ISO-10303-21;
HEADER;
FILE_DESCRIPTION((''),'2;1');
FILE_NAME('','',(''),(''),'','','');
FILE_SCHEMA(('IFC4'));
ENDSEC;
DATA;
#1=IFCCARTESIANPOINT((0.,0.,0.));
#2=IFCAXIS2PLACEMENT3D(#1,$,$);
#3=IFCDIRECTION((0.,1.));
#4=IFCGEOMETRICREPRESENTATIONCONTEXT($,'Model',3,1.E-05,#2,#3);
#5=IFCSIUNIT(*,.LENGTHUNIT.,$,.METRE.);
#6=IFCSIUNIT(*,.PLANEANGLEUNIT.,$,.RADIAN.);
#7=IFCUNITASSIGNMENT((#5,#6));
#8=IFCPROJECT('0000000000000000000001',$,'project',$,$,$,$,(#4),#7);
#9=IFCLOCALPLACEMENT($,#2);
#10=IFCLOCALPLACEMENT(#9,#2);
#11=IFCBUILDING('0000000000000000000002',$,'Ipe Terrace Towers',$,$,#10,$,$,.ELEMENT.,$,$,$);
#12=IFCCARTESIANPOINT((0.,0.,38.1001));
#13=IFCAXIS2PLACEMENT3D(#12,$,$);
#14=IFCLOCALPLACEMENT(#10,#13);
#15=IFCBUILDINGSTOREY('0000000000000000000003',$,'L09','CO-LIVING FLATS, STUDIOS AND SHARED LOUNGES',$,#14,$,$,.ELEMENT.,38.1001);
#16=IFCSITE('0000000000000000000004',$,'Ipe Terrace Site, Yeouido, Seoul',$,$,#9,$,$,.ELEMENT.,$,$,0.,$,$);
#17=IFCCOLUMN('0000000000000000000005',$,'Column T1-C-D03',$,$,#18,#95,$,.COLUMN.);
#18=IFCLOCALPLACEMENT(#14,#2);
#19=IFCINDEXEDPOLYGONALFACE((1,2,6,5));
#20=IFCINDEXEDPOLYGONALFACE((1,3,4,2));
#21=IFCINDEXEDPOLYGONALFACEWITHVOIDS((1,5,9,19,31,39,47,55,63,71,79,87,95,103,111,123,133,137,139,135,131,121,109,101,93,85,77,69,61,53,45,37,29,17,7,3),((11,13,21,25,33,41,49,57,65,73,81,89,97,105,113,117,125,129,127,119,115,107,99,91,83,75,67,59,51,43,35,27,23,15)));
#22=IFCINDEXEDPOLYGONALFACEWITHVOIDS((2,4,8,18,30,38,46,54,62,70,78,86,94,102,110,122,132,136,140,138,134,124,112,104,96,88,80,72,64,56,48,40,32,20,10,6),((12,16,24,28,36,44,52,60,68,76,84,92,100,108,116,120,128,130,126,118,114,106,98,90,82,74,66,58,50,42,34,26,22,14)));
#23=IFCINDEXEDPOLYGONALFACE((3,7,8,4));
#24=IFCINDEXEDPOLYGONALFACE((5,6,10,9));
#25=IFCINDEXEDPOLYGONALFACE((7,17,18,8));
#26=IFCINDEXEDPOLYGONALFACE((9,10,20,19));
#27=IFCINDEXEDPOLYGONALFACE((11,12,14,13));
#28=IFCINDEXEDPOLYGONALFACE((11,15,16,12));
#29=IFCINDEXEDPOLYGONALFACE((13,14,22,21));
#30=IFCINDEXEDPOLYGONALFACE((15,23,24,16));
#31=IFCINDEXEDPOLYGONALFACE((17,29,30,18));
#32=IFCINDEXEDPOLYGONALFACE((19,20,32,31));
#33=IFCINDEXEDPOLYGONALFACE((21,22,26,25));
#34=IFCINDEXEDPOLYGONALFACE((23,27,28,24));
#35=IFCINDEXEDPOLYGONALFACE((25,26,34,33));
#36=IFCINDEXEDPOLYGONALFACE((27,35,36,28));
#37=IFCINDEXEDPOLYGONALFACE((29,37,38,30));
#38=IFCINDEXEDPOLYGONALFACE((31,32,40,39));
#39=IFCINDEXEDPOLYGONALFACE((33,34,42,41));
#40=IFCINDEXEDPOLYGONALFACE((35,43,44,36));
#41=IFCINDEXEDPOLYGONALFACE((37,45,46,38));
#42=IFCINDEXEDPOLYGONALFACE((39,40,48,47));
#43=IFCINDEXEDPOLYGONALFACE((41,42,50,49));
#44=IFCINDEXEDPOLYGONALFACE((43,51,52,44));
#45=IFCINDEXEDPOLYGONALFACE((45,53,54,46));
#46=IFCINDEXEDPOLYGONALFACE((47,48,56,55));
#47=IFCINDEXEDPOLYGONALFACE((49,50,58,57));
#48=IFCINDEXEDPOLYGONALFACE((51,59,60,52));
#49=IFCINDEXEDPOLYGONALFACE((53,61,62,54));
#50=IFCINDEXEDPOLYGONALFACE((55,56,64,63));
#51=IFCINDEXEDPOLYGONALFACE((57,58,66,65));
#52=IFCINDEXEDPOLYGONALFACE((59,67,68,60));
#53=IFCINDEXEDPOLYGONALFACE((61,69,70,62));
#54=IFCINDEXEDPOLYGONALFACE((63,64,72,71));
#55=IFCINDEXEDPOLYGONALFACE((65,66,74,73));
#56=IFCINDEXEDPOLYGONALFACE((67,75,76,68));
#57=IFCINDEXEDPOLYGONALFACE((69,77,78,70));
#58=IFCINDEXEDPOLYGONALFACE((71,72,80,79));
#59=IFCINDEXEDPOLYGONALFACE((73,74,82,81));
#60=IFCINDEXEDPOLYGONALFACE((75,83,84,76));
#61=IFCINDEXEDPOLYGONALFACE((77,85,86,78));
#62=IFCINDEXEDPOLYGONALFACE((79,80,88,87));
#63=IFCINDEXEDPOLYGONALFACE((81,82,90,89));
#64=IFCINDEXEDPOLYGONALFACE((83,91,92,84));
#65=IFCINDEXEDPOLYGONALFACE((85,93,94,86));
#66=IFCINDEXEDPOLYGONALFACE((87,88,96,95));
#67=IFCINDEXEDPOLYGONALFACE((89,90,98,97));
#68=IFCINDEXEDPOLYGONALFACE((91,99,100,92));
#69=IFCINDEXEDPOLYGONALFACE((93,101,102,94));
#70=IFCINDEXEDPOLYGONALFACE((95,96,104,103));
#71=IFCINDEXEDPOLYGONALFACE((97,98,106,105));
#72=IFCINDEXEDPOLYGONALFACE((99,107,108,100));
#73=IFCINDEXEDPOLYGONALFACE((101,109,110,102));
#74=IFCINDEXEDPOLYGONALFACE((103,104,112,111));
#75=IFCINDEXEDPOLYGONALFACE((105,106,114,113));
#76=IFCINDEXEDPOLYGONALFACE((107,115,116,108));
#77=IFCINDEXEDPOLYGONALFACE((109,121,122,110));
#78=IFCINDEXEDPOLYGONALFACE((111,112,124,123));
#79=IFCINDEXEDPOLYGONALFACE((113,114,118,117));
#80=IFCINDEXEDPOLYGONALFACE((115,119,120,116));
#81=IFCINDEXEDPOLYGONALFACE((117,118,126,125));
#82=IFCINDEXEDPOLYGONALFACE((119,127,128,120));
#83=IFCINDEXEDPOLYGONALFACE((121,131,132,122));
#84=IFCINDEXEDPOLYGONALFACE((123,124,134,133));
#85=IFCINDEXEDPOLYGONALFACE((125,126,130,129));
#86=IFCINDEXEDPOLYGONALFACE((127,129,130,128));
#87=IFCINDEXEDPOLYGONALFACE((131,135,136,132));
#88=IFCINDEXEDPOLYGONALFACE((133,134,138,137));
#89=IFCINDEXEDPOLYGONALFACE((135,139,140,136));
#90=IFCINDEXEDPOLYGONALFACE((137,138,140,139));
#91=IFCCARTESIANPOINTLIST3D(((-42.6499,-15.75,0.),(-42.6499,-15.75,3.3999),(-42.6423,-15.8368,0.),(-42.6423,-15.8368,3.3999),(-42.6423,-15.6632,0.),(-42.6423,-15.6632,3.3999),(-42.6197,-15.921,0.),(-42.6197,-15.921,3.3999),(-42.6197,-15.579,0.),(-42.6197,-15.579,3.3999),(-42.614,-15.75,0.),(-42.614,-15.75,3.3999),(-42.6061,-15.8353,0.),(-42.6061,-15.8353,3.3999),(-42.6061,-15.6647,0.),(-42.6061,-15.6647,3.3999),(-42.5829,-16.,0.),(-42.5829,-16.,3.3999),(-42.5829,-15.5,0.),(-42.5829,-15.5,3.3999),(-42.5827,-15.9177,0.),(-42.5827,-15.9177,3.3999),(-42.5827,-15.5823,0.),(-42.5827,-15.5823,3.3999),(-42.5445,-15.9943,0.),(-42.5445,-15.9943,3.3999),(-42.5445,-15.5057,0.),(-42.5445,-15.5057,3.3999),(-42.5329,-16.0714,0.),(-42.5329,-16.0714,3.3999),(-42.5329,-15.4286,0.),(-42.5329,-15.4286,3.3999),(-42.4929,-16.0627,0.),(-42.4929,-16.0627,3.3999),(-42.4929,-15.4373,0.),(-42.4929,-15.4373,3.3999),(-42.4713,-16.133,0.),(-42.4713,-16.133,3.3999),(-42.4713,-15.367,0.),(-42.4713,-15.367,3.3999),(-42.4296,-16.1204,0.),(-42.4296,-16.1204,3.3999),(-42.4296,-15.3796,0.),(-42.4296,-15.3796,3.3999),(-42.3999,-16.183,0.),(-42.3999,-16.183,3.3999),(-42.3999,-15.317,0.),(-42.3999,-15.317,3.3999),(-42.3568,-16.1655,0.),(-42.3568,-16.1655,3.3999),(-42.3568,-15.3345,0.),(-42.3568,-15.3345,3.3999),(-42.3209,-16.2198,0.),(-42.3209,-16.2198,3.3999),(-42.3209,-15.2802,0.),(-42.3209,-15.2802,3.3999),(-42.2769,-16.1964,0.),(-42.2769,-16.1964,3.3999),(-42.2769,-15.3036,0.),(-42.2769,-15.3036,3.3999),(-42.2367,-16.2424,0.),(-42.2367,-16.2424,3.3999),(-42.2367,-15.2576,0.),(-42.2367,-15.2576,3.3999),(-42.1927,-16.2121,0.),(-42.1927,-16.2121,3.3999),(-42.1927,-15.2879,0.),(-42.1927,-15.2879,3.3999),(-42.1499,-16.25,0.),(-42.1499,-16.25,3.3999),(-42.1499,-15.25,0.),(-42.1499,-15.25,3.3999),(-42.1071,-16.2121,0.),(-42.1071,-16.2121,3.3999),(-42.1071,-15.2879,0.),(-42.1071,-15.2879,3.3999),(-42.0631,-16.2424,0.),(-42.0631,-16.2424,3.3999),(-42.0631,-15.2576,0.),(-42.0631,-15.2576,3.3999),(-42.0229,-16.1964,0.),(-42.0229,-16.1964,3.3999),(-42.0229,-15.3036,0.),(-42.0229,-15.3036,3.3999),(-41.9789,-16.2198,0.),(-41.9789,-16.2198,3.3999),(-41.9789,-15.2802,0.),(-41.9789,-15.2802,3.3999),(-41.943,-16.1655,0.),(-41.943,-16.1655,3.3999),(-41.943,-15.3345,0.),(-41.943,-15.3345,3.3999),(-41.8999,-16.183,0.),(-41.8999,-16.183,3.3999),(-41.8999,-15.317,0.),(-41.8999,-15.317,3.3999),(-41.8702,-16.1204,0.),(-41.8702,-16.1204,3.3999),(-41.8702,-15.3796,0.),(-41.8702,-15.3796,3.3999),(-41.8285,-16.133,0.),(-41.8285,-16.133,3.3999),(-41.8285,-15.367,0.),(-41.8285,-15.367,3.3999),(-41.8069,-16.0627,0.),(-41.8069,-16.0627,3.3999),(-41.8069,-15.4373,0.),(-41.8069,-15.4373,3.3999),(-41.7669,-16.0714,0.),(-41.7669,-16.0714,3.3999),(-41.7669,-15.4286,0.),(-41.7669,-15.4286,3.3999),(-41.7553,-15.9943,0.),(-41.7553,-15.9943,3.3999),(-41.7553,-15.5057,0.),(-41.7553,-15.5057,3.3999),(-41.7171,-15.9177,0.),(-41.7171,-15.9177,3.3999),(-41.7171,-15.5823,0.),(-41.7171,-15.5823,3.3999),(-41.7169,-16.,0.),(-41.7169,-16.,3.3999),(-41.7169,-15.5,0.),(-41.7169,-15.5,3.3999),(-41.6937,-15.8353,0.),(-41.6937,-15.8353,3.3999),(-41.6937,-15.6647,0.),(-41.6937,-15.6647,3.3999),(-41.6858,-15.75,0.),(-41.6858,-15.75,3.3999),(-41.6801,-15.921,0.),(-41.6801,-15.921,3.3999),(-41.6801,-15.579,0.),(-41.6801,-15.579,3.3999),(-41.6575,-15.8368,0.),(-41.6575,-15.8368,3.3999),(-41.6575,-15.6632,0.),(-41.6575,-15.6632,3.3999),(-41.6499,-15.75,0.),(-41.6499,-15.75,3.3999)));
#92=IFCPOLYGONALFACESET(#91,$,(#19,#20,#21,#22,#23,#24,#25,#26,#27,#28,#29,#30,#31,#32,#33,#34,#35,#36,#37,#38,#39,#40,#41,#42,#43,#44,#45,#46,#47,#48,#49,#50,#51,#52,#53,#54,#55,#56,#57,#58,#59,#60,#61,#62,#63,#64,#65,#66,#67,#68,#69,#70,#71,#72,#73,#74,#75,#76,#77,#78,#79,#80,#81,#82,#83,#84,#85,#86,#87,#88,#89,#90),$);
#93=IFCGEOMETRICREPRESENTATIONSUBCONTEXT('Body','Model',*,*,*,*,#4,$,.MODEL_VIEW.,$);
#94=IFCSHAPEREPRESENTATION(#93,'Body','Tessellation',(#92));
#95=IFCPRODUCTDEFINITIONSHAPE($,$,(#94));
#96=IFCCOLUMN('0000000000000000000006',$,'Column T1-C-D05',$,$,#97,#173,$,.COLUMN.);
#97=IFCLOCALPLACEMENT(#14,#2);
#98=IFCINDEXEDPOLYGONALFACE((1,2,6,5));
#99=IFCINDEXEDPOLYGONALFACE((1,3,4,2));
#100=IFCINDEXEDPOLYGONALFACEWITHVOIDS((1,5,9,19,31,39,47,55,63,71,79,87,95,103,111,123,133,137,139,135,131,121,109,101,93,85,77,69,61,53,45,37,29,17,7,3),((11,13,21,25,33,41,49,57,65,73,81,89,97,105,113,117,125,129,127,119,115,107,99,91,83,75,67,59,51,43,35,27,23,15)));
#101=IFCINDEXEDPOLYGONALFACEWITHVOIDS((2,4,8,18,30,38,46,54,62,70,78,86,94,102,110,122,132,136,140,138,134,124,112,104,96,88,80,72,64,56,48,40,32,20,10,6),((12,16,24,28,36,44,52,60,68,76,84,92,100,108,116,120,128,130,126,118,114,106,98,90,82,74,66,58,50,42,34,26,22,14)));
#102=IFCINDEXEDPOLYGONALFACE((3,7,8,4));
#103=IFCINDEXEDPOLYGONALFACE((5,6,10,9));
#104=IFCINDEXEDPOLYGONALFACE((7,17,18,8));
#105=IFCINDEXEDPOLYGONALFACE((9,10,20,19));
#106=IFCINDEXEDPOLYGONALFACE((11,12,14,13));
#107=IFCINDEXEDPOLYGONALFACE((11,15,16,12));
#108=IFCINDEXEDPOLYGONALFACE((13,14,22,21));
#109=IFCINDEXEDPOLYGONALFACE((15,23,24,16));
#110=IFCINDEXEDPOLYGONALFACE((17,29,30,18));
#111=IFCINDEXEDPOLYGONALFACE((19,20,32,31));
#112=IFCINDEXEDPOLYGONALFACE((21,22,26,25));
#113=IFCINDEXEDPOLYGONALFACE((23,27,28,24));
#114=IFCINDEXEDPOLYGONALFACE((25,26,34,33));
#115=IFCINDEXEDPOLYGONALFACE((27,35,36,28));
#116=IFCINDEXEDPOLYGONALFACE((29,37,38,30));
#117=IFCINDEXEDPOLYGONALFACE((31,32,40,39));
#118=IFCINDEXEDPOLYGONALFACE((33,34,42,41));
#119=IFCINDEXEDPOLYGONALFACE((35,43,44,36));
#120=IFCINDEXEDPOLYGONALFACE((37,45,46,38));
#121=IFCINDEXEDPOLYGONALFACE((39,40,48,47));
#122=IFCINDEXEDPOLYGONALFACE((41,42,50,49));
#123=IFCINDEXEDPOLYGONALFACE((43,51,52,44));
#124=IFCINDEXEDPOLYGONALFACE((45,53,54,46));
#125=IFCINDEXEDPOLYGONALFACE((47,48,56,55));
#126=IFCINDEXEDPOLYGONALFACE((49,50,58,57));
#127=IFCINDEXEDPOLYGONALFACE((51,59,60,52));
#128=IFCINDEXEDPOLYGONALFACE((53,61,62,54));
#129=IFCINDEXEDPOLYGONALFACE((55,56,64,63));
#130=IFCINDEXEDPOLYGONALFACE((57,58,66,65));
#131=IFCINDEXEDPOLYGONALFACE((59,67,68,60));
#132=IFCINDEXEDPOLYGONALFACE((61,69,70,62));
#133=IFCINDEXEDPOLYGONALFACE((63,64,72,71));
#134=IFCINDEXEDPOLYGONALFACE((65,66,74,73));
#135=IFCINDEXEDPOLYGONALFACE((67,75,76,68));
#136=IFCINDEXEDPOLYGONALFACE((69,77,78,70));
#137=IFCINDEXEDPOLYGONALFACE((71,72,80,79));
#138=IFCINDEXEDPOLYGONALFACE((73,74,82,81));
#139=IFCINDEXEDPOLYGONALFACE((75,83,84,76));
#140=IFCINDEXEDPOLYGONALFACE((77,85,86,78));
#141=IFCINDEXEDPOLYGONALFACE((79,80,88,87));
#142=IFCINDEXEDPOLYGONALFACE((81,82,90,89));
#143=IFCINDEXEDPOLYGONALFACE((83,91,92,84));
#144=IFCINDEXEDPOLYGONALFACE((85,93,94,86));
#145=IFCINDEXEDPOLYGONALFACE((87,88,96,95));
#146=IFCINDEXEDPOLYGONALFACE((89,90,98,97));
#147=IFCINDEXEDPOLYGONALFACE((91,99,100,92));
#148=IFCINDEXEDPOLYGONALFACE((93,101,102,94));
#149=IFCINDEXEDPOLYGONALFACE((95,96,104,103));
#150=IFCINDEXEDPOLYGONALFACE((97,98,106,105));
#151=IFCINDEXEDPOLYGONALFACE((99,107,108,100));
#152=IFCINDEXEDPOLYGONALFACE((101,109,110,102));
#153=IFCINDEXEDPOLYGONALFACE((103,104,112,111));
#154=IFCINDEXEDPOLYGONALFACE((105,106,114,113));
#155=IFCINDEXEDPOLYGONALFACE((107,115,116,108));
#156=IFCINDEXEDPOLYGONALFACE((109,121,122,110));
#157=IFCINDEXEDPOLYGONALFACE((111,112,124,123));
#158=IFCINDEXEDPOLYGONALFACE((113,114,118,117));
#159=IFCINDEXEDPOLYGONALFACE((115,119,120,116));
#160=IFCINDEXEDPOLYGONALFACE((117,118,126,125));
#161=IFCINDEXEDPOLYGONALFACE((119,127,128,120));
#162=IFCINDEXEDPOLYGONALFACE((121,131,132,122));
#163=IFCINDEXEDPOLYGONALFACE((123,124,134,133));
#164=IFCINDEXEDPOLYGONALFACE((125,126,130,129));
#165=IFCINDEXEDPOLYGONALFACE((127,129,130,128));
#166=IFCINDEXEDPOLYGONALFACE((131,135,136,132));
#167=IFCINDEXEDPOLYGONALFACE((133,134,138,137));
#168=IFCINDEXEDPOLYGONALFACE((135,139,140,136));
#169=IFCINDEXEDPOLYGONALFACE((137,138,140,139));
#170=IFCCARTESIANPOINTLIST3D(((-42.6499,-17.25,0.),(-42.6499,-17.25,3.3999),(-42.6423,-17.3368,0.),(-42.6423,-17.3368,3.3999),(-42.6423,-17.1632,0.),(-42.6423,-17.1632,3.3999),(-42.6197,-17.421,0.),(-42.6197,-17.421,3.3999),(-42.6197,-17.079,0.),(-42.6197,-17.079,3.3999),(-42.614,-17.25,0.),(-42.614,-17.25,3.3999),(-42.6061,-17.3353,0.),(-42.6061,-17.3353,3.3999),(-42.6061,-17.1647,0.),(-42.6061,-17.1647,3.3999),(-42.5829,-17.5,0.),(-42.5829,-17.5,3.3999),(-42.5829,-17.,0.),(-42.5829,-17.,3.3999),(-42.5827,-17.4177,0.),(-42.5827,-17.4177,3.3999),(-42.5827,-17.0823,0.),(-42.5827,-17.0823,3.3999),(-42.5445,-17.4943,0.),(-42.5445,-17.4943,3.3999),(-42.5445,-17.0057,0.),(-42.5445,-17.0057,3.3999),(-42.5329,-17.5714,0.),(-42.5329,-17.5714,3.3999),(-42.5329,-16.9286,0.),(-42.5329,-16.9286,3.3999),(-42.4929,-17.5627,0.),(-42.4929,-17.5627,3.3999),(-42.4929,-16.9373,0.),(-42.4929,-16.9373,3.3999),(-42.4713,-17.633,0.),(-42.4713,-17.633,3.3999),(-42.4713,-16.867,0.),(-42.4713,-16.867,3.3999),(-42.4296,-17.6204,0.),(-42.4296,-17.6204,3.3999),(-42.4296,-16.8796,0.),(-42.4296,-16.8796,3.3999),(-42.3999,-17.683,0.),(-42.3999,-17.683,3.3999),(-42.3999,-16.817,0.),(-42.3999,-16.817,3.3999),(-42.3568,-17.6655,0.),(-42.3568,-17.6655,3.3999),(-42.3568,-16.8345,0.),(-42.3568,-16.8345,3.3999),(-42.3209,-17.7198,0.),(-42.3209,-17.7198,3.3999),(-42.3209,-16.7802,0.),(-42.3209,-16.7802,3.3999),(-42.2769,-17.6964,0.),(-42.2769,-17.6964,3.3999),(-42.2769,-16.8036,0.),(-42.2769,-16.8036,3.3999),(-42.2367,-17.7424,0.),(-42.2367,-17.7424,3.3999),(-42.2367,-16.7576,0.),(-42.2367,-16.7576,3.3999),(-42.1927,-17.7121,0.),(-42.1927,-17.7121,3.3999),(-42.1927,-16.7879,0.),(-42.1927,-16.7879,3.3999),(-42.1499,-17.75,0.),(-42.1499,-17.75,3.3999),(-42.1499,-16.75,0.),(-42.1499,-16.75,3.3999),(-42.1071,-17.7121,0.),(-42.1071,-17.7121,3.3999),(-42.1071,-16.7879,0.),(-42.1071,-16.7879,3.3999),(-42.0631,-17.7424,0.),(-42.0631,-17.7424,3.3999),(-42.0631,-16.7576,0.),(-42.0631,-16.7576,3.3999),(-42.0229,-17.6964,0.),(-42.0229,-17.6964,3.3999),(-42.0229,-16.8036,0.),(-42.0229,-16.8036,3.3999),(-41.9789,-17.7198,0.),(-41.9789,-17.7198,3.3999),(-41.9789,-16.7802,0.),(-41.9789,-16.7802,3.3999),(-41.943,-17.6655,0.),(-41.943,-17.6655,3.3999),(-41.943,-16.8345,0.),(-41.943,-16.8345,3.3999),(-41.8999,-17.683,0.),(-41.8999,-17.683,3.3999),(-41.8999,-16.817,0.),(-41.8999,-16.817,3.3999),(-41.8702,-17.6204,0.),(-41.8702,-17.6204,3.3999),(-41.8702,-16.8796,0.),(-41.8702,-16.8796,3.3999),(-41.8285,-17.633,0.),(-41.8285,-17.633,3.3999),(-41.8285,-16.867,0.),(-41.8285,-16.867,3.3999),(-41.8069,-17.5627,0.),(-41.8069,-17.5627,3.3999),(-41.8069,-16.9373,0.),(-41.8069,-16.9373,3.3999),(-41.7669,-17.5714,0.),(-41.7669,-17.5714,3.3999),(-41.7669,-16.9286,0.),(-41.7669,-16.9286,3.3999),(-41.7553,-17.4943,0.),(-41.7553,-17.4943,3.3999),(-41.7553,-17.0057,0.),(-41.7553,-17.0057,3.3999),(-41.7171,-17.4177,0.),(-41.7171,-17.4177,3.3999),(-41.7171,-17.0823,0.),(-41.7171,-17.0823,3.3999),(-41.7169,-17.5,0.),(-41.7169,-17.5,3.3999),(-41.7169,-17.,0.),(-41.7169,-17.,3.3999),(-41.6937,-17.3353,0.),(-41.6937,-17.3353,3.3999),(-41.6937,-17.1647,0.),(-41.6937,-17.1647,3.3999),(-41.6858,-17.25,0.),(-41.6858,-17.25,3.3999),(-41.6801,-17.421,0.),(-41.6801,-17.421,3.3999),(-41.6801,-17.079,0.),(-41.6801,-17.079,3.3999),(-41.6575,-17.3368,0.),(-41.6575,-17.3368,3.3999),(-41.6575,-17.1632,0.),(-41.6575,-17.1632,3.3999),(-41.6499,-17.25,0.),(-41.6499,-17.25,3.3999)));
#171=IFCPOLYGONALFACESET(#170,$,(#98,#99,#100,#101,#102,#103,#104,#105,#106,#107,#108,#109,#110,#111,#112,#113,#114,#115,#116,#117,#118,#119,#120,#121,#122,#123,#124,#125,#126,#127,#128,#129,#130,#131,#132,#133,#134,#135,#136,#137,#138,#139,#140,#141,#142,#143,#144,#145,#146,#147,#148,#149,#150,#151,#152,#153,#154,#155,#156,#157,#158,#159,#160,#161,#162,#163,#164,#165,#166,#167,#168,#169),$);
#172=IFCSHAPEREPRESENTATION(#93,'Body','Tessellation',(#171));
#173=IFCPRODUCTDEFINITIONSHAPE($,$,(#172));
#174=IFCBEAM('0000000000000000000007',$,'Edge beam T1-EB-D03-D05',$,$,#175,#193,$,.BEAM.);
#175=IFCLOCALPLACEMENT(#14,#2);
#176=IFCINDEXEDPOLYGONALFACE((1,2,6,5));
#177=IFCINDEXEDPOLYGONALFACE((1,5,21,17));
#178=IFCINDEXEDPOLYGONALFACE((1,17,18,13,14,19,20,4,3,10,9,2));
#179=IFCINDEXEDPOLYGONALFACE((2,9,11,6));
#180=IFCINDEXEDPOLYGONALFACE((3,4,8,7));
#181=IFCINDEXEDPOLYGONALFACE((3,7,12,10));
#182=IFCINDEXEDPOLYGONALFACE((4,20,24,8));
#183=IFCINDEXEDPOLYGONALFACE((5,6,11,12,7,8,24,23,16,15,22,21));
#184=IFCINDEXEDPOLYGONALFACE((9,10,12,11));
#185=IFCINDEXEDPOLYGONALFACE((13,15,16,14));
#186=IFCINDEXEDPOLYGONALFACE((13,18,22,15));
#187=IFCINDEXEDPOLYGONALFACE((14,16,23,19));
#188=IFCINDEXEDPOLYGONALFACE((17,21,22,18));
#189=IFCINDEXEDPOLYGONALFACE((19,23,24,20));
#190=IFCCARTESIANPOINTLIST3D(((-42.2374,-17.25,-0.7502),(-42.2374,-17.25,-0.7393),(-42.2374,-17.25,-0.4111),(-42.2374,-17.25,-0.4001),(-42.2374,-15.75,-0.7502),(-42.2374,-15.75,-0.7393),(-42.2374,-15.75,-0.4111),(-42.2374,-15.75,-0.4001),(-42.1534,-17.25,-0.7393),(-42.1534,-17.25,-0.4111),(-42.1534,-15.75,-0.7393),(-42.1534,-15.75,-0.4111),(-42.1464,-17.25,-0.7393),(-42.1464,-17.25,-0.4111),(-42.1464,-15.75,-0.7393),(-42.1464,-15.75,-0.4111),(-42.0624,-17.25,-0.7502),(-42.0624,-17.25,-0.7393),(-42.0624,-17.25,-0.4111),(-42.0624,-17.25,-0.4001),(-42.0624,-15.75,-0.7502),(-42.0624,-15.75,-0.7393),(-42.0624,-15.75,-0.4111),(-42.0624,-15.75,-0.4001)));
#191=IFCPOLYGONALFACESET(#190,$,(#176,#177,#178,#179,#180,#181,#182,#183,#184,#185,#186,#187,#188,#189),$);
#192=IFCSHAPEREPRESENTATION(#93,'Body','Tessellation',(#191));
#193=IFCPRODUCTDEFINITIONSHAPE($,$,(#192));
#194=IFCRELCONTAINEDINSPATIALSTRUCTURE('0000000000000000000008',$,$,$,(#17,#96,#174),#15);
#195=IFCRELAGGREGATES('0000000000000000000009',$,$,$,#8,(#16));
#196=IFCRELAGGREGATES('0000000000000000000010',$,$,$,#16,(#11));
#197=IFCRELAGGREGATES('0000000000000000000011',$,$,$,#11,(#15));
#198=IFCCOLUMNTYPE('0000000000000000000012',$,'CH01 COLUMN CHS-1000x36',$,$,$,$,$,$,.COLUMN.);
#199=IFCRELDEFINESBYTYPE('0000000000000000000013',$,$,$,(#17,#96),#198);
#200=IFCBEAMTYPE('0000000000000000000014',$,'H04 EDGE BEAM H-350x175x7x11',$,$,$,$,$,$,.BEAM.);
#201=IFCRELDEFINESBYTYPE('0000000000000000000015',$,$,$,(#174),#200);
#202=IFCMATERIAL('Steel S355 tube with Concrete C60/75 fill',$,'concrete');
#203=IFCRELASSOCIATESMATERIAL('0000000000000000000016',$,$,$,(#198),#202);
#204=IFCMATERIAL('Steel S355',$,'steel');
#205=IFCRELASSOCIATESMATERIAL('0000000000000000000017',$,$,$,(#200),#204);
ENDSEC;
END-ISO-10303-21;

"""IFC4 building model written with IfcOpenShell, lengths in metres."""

from ifc_helpers import new_model, si_unit, direction, frame, origin, origin_2d, place, context, subcontext, project, spatial, hollow_circle, i_section, extrude, material, material_profile, profile_set, type_object, element, save


model = new_model("IFC4")

# Units and contexts
model_context = context("Model", 3, precision=1e-05, world=origin(), true_north=direction((0.0, 1.0)))
body_context = subcontext(model_context, "Body", "Model", "MODEL_VIEW")
ifc_project = project(units=[si_unit("LENGTHUNIT", "METRE"), si_unit("PLANEANGLEUNIT", "RADIAN")], contexts=[model_context])

# Site, building, storey
site_placement = place(None, origin())
site = spatial("IfcSite", under=ifc_project, at=site_placement, Name="Ipe Terrace Site, Yeouido, Seoul", CompositionType="ELEMENT", RefElevation=0.0)
building_placement = place(site_placement, origin())
building = spatial("IfcBuilding", under=site, at=building_placement, Name="Ipe Terrace Towers", CompositionType="ELEMENT")
storey_placement = place(building_placement, frame((0.0, 0.0, 38.1001)))
storey = spatial("IfcBuildingStorey", under=building, at=storey_placement, Name="L09", Description="CO-LIVING FLATS, STUDIOS AND SHARED LOUNGES", CompositionType="ELEMENT", Elevation=38.1001)

# Columns
ifc_material_1 = material(Name="Steel S355 tube with Concrete C60/75 fill", Category="concrete")
ifc_material_profile_1 = material_profile(ifc_material_1, hollow_circle(Radius=0.5, WallThickness=0.0359, at=origin_2d()), Name="CHS-1000x36")
ifc_profile_set_1 = profile_set([ifc_material_profile_1], Name="Steel S355 tube with Concrete C60/75 fill")
column_type = type_object("IfcColumnType", Name="CH01 COLUMN CHS-1000x36", PredefinedType="COLUMN", material=ifc_profile_set_1)
for number, where, z_axis, x_axis, name in (
    (1, (-42.1499, -15.75, 0.0), (0.0, 0.0, 1.0), (1.0, 0.0, 0.0), "Column T1-C-D03"),
    (2, (-42.1499, -17.25, 0.0), (0.0, 0.0, 1.0), (1.0, 0.0, 0.0), "Column T1-C-D05"),
):
    element("IfcColumn", number, at=place(storey_placement, frame(where, z_axis=z_axis, x_axis=x_axis)), inside=storey, type_object=column_type, Name=name, PredefinedType="COLUMN", context=body_context, shape_type="SweptSolid", body=[
        extrude(hollow_circle(Radius=0.5, WallThickness=0.0359, at=origin_2d()), origin(), (0.0, 0.0, 1.0), 3.3999),
    ])

# Beam
ifc_material_2 = material(Name="Steel S355", Category="steel")
ifc_material_profile_2 = material_profile(ifc_material_2, i_section(OverallWidth=0.175, OverallDepth=0.3501, WebThickness=0.0071, FlangeThickness=0.011, at=origin_2d()), Name="H-350x175x7x11")
ifc_profile_set_2 = profile_set([ifc_material_profile_2], Name="Steel S355")
beam_type = type_object("IfcBeamType", Name="H04 EDGE BEAM H-350x175x7x11", PredefinedType="BEAM", material=ifc_profile_set_2)
beam_placement = place(storey_placement, frame((-42.1499, -15.75, -0.5752), z_axis=(0.0, -1.0, 0.0), x_axis=(1.0, 0.0, 0.0)))
element("IfcBeam", 3, at=beam_placement, inside=storey, type_object=beam_type, Name="Edge beam T1-EB-D03-D05", PredefinedType="BEAM", context=body_context, shape_type="SweptSolid", body=[
    extrude(i_section(OverallWidth=0.175, OverallDepth=0.3501, WebThickness=0.0071, FlangeThickness=0.011, at=origin_2d()), origin(), (0.0, 0.0, 1.0), 1.5),
])

save(model, "model.ifc")
